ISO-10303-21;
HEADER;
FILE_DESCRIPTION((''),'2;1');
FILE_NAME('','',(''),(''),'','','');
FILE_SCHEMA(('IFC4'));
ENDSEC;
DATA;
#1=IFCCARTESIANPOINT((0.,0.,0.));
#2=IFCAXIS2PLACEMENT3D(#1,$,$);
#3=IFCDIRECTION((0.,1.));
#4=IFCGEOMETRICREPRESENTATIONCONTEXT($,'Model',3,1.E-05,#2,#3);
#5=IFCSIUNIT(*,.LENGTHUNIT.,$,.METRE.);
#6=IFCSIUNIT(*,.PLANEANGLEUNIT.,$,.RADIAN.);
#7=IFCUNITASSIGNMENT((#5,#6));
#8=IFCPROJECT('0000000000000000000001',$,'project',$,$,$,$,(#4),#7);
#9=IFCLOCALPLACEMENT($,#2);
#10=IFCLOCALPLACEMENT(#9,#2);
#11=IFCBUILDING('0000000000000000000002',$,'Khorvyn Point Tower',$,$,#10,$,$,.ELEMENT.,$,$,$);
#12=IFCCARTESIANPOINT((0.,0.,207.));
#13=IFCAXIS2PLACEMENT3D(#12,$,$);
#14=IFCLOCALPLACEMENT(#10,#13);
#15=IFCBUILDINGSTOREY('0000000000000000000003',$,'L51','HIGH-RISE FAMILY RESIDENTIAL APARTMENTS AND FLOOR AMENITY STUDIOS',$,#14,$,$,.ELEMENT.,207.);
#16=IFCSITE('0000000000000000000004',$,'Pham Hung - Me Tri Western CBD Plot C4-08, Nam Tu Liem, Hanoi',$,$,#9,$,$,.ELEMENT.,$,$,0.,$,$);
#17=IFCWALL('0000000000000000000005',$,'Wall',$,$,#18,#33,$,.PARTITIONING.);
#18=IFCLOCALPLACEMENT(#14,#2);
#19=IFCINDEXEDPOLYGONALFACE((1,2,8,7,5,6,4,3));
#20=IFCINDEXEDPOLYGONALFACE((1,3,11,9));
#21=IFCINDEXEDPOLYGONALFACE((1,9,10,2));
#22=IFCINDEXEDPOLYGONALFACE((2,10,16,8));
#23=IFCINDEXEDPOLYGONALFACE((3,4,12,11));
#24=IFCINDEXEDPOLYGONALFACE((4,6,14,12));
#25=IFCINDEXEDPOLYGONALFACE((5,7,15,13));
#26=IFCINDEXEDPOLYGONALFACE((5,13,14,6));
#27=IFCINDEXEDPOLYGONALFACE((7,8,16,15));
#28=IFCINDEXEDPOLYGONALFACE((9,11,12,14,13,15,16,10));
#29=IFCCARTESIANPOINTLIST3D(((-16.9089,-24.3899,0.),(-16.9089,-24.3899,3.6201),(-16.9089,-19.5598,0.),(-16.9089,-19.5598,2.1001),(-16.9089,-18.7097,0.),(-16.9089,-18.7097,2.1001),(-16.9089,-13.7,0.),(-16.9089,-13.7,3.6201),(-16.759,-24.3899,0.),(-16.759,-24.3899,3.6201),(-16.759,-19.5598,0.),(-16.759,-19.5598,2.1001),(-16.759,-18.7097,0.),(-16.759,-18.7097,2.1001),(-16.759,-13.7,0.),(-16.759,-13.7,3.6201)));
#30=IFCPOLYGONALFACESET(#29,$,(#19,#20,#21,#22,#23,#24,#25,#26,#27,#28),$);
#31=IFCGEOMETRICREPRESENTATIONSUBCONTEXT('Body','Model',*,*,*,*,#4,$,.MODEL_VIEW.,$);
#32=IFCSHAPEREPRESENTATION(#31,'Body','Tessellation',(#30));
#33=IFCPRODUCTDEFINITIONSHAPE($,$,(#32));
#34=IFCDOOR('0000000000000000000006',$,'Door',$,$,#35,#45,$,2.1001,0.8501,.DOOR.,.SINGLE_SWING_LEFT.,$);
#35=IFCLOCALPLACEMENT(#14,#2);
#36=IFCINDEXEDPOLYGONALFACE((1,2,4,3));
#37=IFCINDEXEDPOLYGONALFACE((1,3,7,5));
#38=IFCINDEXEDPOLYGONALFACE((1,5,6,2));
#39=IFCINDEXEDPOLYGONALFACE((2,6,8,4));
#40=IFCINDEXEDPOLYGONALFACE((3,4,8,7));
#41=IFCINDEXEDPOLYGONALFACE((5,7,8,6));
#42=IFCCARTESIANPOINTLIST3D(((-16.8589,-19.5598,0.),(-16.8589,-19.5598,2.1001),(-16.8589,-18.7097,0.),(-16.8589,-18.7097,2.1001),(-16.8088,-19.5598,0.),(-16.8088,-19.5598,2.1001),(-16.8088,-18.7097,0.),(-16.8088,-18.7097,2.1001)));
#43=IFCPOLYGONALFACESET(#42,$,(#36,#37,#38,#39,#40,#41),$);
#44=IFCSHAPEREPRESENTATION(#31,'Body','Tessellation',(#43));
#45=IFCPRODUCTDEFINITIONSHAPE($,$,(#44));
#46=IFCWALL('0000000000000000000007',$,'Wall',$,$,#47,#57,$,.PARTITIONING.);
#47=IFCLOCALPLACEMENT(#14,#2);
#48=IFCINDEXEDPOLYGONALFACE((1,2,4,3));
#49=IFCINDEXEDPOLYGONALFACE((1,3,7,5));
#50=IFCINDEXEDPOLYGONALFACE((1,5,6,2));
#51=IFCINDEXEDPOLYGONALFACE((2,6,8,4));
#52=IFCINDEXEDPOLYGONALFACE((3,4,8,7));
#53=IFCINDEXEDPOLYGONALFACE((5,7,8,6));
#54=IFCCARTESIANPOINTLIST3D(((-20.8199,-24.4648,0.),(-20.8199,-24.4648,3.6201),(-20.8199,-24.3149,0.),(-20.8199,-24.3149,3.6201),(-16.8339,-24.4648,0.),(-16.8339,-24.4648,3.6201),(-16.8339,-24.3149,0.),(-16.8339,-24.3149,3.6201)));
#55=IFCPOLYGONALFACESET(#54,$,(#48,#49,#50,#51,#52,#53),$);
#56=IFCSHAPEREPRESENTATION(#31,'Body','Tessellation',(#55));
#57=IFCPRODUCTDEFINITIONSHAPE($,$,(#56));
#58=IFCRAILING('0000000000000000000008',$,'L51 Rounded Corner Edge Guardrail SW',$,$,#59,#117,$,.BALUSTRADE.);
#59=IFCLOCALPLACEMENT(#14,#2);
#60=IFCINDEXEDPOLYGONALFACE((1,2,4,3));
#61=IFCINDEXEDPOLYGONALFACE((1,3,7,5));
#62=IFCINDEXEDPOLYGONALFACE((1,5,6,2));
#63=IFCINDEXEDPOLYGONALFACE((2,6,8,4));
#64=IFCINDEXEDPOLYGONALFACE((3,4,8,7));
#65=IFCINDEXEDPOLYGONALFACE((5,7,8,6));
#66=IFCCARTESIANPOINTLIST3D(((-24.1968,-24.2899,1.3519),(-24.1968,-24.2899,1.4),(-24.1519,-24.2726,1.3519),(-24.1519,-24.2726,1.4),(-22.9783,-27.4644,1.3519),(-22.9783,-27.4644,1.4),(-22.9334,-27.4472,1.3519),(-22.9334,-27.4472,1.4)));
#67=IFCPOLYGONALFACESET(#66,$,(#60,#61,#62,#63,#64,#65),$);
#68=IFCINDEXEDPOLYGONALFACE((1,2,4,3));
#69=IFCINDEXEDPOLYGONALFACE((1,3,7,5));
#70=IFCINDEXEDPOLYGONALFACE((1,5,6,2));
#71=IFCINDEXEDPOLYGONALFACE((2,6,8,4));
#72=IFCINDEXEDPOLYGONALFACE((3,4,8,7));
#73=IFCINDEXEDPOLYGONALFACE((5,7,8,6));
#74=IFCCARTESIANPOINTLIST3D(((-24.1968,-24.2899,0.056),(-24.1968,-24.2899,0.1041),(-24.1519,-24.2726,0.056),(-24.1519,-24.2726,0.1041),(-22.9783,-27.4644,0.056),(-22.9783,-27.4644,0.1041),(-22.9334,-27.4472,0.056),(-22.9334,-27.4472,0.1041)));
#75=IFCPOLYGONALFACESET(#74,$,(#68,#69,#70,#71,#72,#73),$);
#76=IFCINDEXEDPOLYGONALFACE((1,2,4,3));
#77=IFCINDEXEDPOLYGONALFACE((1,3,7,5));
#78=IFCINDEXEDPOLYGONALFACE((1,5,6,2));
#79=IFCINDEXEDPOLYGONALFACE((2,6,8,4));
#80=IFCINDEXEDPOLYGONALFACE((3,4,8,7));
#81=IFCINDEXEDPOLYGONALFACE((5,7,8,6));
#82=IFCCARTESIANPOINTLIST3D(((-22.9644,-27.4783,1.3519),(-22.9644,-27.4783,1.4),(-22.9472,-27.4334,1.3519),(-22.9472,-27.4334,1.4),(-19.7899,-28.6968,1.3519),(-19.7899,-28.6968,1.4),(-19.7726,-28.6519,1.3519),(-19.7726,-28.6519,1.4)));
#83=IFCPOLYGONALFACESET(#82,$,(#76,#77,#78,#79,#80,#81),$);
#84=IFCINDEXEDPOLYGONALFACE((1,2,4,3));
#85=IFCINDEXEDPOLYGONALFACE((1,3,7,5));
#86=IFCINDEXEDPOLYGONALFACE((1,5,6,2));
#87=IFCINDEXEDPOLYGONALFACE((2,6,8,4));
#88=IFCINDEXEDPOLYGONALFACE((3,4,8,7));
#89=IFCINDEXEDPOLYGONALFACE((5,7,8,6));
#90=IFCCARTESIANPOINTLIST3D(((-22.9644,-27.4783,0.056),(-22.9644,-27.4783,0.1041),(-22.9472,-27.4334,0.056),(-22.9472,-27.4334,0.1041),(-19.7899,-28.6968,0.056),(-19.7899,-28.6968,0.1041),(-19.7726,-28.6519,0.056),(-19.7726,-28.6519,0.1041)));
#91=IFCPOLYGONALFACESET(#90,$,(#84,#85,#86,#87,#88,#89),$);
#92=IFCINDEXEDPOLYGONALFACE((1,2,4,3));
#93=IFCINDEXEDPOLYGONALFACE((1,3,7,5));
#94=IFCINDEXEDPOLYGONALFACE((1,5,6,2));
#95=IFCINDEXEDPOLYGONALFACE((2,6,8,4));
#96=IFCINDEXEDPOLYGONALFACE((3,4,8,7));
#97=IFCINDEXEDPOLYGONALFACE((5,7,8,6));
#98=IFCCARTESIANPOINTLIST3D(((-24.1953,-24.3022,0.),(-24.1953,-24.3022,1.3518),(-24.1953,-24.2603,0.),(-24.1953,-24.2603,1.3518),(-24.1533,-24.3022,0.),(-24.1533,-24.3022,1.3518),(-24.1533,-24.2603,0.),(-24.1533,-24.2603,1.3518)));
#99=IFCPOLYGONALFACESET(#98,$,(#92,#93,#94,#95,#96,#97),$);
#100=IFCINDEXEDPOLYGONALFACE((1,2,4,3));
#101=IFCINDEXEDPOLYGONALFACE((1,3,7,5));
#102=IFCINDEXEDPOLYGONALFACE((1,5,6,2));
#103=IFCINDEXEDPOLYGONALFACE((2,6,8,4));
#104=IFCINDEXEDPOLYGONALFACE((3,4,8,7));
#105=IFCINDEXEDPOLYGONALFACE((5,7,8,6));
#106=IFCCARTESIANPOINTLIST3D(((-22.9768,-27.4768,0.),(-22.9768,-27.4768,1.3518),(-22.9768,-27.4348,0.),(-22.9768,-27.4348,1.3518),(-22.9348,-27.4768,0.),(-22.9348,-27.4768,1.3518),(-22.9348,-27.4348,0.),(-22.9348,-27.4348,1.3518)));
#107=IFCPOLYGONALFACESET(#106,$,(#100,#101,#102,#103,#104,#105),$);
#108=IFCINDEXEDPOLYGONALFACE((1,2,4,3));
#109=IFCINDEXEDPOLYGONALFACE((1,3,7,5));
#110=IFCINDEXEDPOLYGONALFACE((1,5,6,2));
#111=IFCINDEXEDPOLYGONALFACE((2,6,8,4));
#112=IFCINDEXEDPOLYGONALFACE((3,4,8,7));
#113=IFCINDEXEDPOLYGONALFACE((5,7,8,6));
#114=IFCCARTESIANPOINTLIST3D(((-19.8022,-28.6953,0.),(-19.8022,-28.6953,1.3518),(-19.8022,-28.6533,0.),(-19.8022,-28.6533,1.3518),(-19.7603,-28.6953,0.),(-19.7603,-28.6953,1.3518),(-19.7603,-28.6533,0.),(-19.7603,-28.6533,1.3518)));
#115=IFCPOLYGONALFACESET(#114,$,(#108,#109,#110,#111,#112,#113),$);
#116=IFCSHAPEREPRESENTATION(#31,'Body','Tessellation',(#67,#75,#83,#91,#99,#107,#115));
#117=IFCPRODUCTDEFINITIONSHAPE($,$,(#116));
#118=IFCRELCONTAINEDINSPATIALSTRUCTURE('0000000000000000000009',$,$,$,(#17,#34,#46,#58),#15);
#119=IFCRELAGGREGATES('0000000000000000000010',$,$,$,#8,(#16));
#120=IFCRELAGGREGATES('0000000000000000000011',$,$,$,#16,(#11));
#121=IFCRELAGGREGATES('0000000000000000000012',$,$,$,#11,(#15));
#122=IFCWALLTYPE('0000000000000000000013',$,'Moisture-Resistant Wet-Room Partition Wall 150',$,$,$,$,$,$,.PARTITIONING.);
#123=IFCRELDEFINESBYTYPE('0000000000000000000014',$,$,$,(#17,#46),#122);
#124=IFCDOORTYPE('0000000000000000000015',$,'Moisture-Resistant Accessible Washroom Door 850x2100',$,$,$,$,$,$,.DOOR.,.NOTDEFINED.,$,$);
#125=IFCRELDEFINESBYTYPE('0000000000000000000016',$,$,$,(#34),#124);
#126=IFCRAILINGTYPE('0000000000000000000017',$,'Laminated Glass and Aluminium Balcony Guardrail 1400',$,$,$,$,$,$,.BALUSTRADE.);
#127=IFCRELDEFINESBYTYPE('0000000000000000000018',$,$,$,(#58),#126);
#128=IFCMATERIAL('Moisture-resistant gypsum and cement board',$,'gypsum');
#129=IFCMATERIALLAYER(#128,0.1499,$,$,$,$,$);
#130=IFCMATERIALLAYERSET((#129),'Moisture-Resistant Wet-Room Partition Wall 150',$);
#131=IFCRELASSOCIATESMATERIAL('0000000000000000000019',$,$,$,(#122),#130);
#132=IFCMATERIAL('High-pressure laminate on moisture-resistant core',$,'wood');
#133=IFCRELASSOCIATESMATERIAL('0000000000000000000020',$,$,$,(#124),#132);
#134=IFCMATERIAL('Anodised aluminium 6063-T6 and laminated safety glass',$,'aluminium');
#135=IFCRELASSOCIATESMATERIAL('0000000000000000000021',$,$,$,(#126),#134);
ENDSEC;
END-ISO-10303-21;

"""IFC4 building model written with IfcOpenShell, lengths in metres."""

from ifc_helpers import new_model, si_unit, direction, frame, frame_2d, origin, origin_2d, place, context, subcontext, project, spatial, rectangle, extrude, material, layer, layer_set, type_object, element, fill, save


model = new_model("IFC4")

# Units and contexts
model_context = context("Model", 3, precision=1e-05, world=origin(), true_north=direction((0.0, 1.0)))
body_context = subcontext(model_context, "Body", "Model", "MODEL_VIEW")
ifc_project = project(units=[si_unit("LENGTHUNIT", "METRE"), si_unit("PLANEANGLEUNIT", "RADIAN")], contexts=[model_context])

# Site, building, storey
site_placement = place(None, origin())
site = spatial("IfcSite", under=ifc_project, at=site_placement, Name="Pham Hung - Me Tri Western CBD Plot C4-08, Nam Tu Liem, Hanoi", CompositionType="ELEMENT", RefElevation=0.0)
building_placement = place(site_placement, origin())
building = spatial("IfcBuilding", under=site, at=building_placement, Name="Khorvyn Point Tower", CompositionType="ELEMENT")
storey_placement = place(building_placement, frame((0.0, 0.0, 207.0)))
storey = spatial("IfcBuildingStorey", under=building, at=storey_placement, Name="L51", Description="HIGH-RISE FAMILY RESIDENTIAL APARTMENTS AND FLOOR AMENITY STUDIOS", CompositionType="ELEMENT", Elevation=207.0)

# Wall, opening, door
ifc_material_1 = material(Name="Moisture-resistant gypsum and cement board", Category="gypsum")
ifc_layer_1 = layer(ifc_material_1, 0.1499)
ifc_layer_set_1 = layer_set([ifc_layer_1], Name="Moisture-Resistant Wet-Room Partition Wall 150")
wall_type_1 = type_object("IfcWallType", Name="Moisture-Resistant Wet-Room Partition Wall 150", PredefinedType="PARTITIONING", material=ifc_layer_set_1)
wall_1_placement = place(storey_placement, frame((-16.834, -24.3899, 0.0), z_axis=(0.0, 0.0, 1.0), x_axis=(0.0, 1.0, 0.0)))
wall_1 = element("IfcWall", 1, at=wall_1_placement, inside=storey, type_object=wall_type_1, Name="Wall", PredefinedType="PARTITIONING", context=body_context, shape_type="SweptSolid", body=[
    extrude(rectangle(XDim=10.6899, YDim=0.1499, at=frame_2d((5.345, 0.0))), origin(), (0.0, 0.0, 1.0), 3.6201),
])
opening_1_placement = place(wall_1_placement, frame((4.8301, 0.0, 0.0)))
opening_1 = element("IfcOpeningElement", 2, at=opening_1_placement, cuts=wall_1, PredefinedType="OPENING", context=body_context, shape_type="SweptSolid", body=[
    extrude(rectangle(XDim=0.8501, YDim=2.1001, at=frame_2d((0.425, 1.05))), frame((0.0, 0.085, 0.0), z_axis=(0.0, -1.0, 0.0), x_axis=(1.0, 0.0, 0.0)), (0.0, 0.0, 1.0), 0.1699),
])
ifc_material_2 = material(Name="High-pressure laminate on moisture-resistant core", Category="wood")
door_type_1 = type_object("IfcDoorType", Name="Moisture-Resistant Accessible Washroom Door 850x2100", OperationType="NOTDEFINED", PredefinedType="DOOR", material=ifc_material_2)
door_1_placement = place(opening_1_placement, origin())
door_1 = element("IfcDoor", 3, at=door_1_placement, inside=storey, type_object=door_type_1, Name="Door", OperationType="SINGLE_SWING_LEFT", OverallHeight=2.1001, OverallWidth=0.8501, PredefinedType="DOOR", context=body_context, shape_type="SweptSolid", body=[
    extrude(rectangle(XDim=0.8501, YDim=2.1001, at=frame_2d((0.425, 1.05))), frame((0.0, 0.0249, 0.0), z_axis=(0.0, -1.0, 0.0), x_axis=(1.0, 0.0, 0.0)), (0.0, 0.0, 1.0), 0.05),
])
fill(opening_1, door_1)

# Wall
wall_2_placement = place(storey_placement, frame((-20.8201, -24.3899, 0.0), z_axis=(0.0, 0.0, 1.0), x_axis=(1.0, 0.0, 0.0)))
element("IfcWall", 4, at=wall_2_placement, inside=storey, type_object=wall_type_1, Name="Wall", PredefinedType="PARTITIONING", context=body_context, shape_type="SweptSolid", body=[
    extrude(rectangle(XDim=3.9861, YDim=0.1499, at=frame_2d((1.9932, 0.0))), origin(), (0.0, 0.0, 1.0), 3.6201),
])

# Railing
ifc_material_3 = material(Name="Anodised aluminium 6063-T6 and laminated safety glass", Category="aluminium")
railing_type = type_object("IfcRailingType", Name="Laminated Glass and Aluminium Balcony Guardrail 1400", PredefinedType="BALUSTRADE", material=ifc_material_3)
railing_placement = place(storey_placement, frame((-24.1743, -24.2812, 0.0)))
element("IfcRailing", 5, at=railing_placement, inside=storey, type_object=railing_type, Name="L51 Rounded Corner Edge Guardrail SW", PredefinedType="BALUSTRADE", context=body_context, shape_type="SweptSolid", body=[
    extrude(rectangle(XDim=0.0481, YDim=0.0481, at=origin_2d()), frame((0.0, 0.0, 1.376), z_axis=(0.358344, -0.93359, 0.0), x_axis=(0.93359, 0.358344, 0.0)), (0.0, 0.0, 1.0), 3.4004),
    extrude(rectangle(XDim=0.0481, YDim=0.0481, at=origin_2d()), frame((0.0, 0.0, 0.0801), z_axis=(0.358344, -0.93359, 0.0), x_axis=(0.93359, 0.358344, 0.0)), (0.0, 0.0, 1.0), 3.4004),
    extrude(rectangle(XDim=0.0481, YDim=0.0481, at=origin_2d()), frame((1.2185, -3.1746, 1.376), z_axis=(0.93359, -0.358344, 0.0), x_axis=(0.358344, 0.93359, 0.0)), (0.0, 0.0, 1.0), 3.4004),
    extrude(rectangle(XDim=0.0481, YDim=0.0481, at=origin_2d()), frame((1.2185, -3.1746, 0.0801), z_axis=(0.93359, -0.358344, 0.0), x_axis=(0.358344, 0.93359, 0.0)), (0.0, 0.0, 1.0), 3.4004),
    extrude(rectangle(XDim=0.042, YDim=0.042, at=origin_2d()), origin(), (0.0, 0.0, 1.0), 1.3518),
    extrude(rectangle(XDim=0.042, YDim=0.042, at=origin_2d()), frame((1.2185, -3.1746, 0.0)), (0.0, 0.0, 1.0), 1.3518),
    extrude(rectangle(XDim=0.042, YDim=0.042, at=origin_2d()), frame((4.3931, -4.3931, 0.0)), (0.0, 0.0, 1.0), 1.3518),
])

save(model, "model.ifc")
